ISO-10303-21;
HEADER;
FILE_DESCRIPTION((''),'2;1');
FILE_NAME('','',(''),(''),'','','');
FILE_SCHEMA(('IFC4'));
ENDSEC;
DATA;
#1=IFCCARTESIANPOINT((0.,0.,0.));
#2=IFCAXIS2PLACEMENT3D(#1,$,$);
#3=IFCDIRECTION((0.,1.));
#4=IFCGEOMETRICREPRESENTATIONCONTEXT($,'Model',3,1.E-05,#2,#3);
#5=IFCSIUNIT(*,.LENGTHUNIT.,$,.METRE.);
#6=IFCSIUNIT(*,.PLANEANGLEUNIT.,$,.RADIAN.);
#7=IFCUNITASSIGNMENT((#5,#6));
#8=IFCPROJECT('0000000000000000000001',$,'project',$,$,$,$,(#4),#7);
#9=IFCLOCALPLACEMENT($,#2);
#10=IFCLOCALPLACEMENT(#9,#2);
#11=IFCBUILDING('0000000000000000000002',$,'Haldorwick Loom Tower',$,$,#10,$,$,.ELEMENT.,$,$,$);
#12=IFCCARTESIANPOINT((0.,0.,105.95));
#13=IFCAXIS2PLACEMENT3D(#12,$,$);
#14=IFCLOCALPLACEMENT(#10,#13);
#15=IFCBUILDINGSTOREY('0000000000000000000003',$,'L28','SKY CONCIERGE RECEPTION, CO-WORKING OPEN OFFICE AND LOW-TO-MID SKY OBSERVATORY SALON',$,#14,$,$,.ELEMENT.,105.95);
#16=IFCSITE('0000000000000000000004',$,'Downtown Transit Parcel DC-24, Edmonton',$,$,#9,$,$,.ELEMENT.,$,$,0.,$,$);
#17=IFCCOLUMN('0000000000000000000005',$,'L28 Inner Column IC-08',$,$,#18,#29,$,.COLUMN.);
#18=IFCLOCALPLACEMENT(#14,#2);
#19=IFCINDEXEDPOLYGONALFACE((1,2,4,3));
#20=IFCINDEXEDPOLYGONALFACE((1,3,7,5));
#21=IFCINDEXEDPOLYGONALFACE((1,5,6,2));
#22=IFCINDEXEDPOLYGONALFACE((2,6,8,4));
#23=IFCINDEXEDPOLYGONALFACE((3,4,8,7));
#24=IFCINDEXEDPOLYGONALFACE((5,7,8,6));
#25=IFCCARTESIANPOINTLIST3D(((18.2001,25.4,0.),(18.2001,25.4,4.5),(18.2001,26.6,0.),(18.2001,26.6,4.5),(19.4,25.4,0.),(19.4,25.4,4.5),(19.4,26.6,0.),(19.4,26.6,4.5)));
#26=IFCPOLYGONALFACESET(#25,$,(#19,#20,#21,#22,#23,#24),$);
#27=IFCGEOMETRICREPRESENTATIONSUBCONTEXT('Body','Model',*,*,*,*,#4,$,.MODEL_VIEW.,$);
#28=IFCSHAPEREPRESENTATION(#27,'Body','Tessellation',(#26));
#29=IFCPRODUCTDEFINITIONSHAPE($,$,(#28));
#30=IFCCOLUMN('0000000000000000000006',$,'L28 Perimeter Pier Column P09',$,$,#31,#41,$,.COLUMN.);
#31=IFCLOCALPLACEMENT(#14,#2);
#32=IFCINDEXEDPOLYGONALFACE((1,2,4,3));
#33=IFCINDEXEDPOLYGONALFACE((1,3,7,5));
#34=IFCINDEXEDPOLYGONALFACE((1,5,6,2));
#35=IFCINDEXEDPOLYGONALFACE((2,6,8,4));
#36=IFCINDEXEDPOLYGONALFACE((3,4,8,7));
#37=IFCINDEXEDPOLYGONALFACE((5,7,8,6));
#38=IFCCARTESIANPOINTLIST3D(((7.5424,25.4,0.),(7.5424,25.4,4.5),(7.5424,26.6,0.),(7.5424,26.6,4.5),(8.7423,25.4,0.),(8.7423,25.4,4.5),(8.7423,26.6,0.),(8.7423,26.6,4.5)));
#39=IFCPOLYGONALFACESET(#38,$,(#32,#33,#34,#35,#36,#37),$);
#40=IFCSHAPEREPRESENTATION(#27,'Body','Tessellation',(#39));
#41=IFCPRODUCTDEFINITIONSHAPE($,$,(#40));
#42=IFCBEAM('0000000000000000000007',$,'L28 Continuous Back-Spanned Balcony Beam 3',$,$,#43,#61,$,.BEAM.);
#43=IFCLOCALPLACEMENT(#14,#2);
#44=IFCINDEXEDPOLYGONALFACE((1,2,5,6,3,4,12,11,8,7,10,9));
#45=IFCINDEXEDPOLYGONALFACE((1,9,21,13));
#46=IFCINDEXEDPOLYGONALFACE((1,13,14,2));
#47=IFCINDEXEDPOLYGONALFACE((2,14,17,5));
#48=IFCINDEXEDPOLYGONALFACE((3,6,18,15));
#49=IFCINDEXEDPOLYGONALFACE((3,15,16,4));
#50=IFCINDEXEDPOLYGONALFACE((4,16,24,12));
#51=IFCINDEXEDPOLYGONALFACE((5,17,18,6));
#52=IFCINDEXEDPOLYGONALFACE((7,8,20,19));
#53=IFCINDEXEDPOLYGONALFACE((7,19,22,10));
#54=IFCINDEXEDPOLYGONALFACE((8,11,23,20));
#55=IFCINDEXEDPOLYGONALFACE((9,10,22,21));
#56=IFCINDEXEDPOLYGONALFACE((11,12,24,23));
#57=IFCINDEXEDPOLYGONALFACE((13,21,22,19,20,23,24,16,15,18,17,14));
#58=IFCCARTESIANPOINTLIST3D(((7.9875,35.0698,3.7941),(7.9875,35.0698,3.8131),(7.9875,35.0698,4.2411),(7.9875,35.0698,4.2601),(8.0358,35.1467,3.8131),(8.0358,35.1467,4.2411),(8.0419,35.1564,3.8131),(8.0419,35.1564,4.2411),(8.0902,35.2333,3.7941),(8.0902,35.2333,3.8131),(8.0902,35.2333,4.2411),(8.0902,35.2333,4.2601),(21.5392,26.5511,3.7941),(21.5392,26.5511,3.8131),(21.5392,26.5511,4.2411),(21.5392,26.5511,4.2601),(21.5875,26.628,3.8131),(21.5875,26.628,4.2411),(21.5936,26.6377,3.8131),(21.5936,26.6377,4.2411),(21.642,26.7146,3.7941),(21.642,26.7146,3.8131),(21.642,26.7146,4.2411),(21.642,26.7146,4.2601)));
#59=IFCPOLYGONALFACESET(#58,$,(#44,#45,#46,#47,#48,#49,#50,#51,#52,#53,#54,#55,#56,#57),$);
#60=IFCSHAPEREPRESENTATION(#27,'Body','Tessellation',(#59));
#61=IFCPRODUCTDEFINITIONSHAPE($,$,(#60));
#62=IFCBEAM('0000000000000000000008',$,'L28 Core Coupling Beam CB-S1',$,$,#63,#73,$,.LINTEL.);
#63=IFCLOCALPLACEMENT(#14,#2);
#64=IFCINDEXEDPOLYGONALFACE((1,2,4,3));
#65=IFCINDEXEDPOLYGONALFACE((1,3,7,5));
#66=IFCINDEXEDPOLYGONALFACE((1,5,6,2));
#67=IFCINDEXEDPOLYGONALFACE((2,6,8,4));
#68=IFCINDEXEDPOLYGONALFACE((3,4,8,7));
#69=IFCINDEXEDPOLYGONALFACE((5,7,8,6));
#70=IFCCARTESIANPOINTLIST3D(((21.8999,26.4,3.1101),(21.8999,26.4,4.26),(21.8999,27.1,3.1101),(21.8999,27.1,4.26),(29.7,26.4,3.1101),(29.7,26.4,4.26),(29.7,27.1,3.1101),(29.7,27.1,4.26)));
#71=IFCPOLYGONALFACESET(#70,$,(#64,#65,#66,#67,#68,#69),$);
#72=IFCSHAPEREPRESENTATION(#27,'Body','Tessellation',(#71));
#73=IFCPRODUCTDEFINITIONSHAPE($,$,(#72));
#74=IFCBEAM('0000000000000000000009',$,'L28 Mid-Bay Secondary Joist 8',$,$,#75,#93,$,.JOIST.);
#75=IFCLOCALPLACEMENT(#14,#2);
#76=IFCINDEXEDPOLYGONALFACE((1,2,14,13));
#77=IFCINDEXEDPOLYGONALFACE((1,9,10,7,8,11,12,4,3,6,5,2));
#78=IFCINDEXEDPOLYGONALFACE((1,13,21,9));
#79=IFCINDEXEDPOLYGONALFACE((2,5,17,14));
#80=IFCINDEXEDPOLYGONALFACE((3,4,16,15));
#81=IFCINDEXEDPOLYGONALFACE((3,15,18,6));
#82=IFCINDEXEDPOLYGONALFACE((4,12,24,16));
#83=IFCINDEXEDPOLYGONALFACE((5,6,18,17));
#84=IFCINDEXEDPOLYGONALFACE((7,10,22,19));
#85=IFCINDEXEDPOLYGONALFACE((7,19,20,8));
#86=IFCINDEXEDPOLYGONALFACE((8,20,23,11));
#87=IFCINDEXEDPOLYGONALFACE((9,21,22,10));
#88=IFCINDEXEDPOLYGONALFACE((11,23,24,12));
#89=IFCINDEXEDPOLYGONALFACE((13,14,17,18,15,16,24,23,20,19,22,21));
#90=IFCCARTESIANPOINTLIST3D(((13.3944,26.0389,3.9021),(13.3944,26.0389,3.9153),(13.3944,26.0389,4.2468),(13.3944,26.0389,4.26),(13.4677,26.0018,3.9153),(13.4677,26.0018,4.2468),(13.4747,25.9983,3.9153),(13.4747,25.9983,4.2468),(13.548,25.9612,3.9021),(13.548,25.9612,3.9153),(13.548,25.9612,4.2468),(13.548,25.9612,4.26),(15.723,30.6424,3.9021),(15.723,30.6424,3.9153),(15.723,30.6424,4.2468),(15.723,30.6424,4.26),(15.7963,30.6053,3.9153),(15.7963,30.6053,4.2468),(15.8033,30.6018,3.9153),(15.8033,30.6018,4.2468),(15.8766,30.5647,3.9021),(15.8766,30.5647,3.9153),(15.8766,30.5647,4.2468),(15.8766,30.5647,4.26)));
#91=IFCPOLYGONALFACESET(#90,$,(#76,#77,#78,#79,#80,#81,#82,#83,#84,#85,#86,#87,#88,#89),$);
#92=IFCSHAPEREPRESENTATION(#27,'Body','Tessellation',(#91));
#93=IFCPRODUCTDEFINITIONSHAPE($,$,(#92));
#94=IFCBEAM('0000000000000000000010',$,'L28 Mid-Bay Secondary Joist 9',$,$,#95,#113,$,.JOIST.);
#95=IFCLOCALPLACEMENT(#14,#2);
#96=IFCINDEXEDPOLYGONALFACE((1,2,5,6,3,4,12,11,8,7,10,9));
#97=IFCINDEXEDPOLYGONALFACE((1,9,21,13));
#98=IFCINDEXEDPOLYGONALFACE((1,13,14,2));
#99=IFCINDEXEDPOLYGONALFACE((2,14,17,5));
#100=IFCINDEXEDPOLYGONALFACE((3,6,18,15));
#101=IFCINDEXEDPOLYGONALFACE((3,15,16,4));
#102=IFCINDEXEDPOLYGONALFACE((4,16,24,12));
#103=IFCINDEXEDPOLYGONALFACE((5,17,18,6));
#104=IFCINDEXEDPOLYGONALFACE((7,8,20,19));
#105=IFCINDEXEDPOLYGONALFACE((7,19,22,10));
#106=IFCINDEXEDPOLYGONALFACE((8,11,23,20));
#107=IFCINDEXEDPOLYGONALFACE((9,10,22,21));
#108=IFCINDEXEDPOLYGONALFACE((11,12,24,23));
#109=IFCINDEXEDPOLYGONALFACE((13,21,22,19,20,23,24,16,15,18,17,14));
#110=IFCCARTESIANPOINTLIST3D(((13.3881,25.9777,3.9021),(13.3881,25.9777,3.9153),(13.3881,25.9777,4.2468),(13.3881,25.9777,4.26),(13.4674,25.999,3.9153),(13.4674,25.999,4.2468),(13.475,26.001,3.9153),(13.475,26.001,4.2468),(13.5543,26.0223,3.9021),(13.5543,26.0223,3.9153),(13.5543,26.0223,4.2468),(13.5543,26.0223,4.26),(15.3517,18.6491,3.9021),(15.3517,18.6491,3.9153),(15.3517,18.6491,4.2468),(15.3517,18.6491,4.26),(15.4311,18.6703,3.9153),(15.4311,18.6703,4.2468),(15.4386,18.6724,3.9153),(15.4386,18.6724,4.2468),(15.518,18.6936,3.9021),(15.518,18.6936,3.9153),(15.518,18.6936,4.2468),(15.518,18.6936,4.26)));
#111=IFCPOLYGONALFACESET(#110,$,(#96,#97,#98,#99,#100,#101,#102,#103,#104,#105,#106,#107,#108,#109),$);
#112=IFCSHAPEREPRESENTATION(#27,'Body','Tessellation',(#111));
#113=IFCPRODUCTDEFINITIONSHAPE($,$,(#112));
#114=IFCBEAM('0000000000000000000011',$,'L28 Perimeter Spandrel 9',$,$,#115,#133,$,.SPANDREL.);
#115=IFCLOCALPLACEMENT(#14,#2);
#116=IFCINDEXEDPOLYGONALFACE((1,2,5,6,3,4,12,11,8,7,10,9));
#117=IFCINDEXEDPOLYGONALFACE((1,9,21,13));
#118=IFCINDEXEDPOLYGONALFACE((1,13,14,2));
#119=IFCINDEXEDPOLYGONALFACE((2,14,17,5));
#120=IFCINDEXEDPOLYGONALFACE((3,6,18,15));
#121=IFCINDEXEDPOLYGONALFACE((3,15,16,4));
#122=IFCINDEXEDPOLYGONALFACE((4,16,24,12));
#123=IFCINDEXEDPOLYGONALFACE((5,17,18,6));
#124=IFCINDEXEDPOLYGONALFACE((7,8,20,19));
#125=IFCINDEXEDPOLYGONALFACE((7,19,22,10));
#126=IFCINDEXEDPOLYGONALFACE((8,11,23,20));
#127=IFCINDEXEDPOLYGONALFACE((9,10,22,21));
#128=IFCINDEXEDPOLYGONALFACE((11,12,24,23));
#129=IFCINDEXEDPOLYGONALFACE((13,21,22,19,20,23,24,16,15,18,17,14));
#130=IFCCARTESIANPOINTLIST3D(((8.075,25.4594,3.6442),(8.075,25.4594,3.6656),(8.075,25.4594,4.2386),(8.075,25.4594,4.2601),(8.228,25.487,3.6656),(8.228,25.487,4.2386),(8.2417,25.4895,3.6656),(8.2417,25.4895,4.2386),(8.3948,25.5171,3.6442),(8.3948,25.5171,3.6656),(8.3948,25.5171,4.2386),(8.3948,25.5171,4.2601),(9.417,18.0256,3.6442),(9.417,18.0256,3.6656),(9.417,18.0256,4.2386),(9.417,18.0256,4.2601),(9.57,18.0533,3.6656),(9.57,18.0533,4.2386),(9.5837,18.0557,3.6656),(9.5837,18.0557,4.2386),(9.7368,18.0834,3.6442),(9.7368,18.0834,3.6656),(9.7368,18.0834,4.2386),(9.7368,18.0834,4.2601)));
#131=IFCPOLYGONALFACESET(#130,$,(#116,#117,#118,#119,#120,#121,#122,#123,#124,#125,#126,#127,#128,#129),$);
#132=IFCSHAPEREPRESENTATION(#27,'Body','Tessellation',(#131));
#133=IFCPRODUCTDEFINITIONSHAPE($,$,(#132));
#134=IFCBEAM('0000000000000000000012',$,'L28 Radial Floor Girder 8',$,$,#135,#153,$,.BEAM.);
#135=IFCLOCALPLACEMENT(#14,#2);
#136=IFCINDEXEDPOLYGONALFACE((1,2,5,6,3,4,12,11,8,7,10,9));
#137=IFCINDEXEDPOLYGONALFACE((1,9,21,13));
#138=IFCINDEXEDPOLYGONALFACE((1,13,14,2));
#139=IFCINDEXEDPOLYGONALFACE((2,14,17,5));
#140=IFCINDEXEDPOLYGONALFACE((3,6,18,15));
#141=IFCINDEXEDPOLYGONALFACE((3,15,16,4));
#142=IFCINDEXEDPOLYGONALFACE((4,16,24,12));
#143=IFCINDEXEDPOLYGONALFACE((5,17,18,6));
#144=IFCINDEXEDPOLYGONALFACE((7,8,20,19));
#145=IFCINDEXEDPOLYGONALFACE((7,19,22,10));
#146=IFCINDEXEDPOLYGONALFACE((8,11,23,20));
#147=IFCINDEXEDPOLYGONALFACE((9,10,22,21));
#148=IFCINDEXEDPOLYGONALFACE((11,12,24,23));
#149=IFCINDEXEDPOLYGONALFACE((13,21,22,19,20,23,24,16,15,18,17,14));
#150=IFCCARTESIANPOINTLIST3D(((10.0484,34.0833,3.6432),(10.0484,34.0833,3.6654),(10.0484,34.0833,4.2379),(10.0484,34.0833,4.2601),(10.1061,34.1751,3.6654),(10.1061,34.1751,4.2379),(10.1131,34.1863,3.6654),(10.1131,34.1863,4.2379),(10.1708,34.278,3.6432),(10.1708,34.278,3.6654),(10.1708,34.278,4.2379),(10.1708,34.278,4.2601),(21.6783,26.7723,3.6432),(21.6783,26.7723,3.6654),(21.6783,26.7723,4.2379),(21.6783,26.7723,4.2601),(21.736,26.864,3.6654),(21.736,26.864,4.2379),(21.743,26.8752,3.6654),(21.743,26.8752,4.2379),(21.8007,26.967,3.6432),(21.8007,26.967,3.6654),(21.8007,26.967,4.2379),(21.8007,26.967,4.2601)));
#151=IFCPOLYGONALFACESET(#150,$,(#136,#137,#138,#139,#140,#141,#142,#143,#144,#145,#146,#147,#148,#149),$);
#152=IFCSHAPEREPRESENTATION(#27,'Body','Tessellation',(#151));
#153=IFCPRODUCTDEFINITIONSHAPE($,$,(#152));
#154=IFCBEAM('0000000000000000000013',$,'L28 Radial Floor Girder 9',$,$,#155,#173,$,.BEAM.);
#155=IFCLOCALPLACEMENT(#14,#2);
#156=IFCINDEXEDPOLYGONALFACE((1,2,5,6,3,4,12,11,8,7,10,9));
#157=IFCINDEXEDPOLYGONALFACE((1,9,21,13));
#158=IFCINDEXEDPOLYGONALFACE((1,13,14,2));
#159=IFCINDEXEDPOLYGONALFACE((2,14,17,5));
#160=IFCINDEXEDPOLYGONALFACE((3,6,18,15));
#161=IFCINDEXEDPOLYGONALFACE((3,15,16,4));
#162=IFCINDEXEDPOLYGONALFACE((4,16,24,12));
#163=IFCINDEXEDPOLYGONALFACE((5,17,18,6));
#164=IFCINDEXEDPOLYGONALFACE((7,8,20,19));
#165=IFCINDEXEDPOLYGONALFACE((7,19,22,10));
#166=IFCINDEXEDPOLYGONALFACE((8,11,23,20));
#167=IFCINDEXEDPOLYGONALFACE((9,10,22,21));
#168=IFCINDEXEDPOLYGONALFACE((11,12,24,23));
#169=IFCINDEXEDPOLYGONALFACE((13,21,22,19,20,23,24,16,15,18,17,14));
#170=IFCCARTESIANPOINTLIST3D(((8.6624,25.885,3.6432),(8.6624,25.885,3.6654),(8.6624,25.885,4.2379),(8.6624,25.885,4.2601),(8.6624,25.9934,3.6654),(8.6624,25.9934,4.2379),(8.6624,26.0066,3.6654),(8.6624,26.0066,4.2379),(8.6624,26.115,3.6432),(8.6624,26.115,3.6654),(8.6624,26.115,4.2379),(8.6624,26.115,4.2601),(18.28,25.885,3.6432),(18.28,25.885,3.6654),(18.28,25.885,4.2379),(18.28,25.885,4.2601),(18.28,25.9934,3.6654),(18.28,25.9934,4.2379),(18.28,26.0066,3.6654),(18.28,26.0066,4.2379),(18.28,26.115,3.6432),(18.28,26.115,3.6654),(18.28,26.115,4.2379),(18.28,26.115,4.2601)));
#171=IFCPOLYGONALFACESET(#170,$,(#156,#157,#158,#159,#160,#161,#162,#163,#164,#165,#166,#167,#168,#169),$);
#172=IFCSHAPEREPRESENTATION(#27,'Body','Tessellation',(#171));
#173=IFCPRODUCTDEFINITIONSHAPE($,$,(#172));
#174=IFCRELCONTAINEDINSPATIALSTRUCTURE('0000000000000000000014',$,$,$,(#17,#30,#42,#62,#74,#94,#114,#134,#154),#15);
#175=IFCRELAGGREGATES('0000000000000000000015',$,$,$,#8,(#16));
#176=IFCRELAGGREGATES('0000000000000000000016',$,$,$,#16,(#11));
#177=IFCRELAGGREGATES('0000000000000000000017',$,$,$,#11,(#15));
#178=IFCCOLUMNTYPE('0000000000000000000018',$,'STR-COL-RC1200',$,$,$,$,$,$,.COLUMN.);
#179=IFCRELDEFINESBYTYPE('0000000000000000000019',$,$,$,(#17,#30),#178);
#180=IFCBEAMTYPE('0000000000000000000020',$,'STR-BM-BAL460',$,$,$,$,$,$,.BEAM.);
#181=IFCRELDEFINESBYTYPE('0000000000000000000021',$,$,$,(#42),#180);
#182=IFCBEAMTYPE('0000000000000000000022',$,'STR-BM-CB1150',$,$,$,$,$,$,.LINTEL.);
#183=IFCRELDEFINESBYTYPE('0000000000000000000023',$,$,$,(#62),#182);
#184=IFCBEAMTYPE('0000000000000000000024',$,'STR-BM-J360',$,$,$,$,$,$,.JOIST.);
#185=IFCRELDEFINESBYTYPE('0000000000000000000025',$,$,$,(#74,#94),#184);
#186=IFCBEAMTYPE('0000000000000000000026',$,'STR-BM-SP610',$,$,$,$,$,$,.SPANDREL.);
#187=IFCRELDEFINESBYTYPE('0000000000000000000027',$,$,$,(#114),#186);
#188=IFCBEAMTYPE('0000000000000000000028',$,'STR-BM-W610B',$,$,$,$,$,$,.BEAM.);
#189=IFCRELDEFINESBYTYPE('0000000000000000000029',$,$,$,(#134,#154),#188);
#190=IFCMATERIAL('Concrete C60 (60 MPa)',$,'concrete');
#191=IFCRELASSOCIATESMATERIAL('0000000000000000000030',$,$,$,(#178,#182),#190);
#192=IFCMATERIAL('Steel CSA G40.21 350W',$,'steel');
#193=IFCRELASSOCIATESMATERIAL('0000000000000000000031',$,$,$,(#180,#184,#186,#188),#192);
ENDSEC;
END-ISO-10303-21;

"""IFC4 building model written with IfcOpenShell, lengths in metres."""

from ifc_helpers import new_model, si_unit, direction, frame, origin, origin_2d, place, context, subcontext, project, spatial, rectangle, i_section, extrude, material, material_profile, profile_set, type_object, element, save


model = new_model("IFC4")

# Units and contexts
model_context = context("Model", 3, precision=1e-05, world=origin(), true_north=direction((0.0, 1.0)))
body_context = subcontext(model_context, "Body", "Model", "MODEL_VIEW")
ifc_project = project(units=[si_unit("LENGTHUNIT", "METRE"), si_unit("PLANEANGLEUNIT", "RADIAN")], contexts=[model_context])

# Site, building, storey
site_placement = place(None, origin())
site = spatial("IfcSite", under=ifc_project, at=site_placement, Name="Downtown Transit Parcel DC-24, Edmonton", CompositionType="ELEMENT", RefElevation=0.0)
building_placement = place(site_placement, origin())
building = spatial("IfcBuilding", under=site, at=building_placement, Name="Haldorwick Loom Tower", CompositionType="ELEMENT")
storey_placement = place(building_placement, frame((0.0, 0.0, 105.95)))
storey = spatial("IfcBuildingStorey", under=building, at=storey_placement, Name="L28", Description="SKY CONCIERGE RECEPTION, CO-WORKING OPEN OFFICE AND LOW-TO-MID SKY OBSERVATORY SALON", CompositionType="ELEMENT", Elevation=105.95)

# Columns
ifc_material_1 = material(Name="Concrete C60 (60 MPa)", Category="concrete")
ifc_material_profile_1 = material_profile(ifc_material_1, rectangle(XDim=1.2, YDim=1.2, at=origin_2d()), Name="RC1200X1200", Category="concrete")
ifc_profile_set_1 = profile_set([ifc_material_profile_1], Name="Concrete C60 (60 MPa)")
column_type = type_object("IfcColumnType", Name="STR-COL-RC1200", PredefinedType="COLUMN", material=ifc_profile_set_1)
for number, where, z_axis, x_axis, name in (
    (1, (18.8, 26.0, 0.0), (0.0, 0.0, 1.0), (1.0, 0.0, 0.0), "L28 Inner Column IC-08"),
    (2, (8.1423, 26.0, 0.0), (0.0, 0.0, 1.0), (-1.0, 0.0, 0.0), "L28 Perimeter Pier Column P09"),
):
    element("IfcColumn", number, at=place(storey_placement, frame(where, z_axis=z_axis, x_axis=x_axis)), inside=storey, type_object=column_type, Name=name, PredefinedType="COLUMN", context=body_context, shape_type="SweptSolid", body=[
        extrude(rectangle(XDim=1.2, YDim=1.2, at=origin_2d()), origin(), (0.0, 0.0, 1.0), 4.5),
    ])

# Beams
ifc_material_2 = material(Name="Steel CSA G40.21 350W", Category="steel")
ifc_material_profile_2 = material_profile(ifc_material_2, i_section(OverallWidth=0.1931, OverallDepth=0.4661, WebThickness=0.0115, FlangeThickness=0.019, at=origin_2d()), Name="W460X97", Category="steel")
ifc_profile_set_2 = profile_set([ifc_material_profile_2], Name="Steel CSA G40.21 350W")
beam_type_1 = type_object("IfcBeamType", Name="STR-BM-BAL460", PredefinedType="BEAM", material=ifc_profile_set_2)
beam_1_placement = place(storey_placement, frame((21.5906, 26.6328, 4.0271), z_axis=(-0.846621, 0.532196, 0.0), x_axis=(-0.532196, -0.846621, 0.0)))
element("IfcBeam", 3, at=beam_1_placement, inside=storey, type_object=beam_type_1, Name="L28 Continuous Back-Spanned Balcony Beam 3", PredefinedType="BEAM", context=body_context, shape_type="SweptSolid", body=[
    extrude(i_section(OverallWidth=0.1931, OverallDepth=0.4661, WebThickness=0.0115, FlangeThickness=0.019, at=origin_2d()), origin(), (0.0, 0.0, 1.0), 16.0068),
])
ifc_material_profile_3 = material_profile(ifc_material_1, rectangle(XDim=0.7, YDim=1.1499, at=origin_2d()), Name="RC700X1150", Category="concrete")
ifc_profile_set_3 = profile_set([ifc_material_profile_3], Name="Concrete C60 (60 MPa)")
beam_type_2 = type_object("IfcBeamType", Name="STR-BM-CB1150", PredefinedType="LINTEL", material=ifc_profile_set_3)
beam_2_placement = place(storey_placement, frame((21.8999, 26.75, 3.6851), z_axis=(1.0, 0.0, 0.0), x_axis=(0.0, 1.0, 0.0)))
element("IfcBeam", 4, at=beam_2_placement, inside=storey, type_object=beam_type_2, Name="L28 Core Coupling Beam CB-S1", PredefinedType="LINTEL", context=body_context, shape_type="SweptSolid", body=[
    extrude(rectangle(XDim=0.7, YDim=1.1499, at=origin_2d()), origin(), (0.0, 0.0, 1.0), 7.8),
])
ifc_material_profile_4 = material_profile(ifc_material_2, i_section(OverallWidth=0.1721, OverallDepth=0.3579, WebThickness=0.0078, FlangeThickness=0.0132, at=origin_2d()), Name="W360X57", Category="steel")
ifc_profile_set_4 = profile_set([ifc_material_profile_4], Name="Steel CSA G40.21 350W")
beam_type_3 = type_object("IfcBeamType", Name="STR-BM-J360", PredefinedType="JOIST", material=ifc_profile_set_4)
beam_3_placement = place(storey_placement, frame((15.7998, 30.6035, 4.0811), z_axis=(-0.451373, -0.892335, 0.0), x_axis=(0.892335, -0.451373, 0.0)))
element("IfcBeam", 5, at=beam_3_placement, inside=storey, type_object=beam_type_3, Name="L28 Mid-Bay Secondary Joist 8", PredefinedType="JOIST", context=body_context, shape_type="SweptSolid", body=[
    extrude(i_section(OverallWidth=0.1721, OverallDepth=0.3579, WebThickness=0.0078, FlangeThickness=0.0132, at=origin_2d()), origin(), (0.0, 0.0, 1.0), 5.1589),
])
beam_4_placement = place(storey_placement, frame((13.4712, 26.0, 4.0811), z_axis=(0.25881, -0.965928, 0.0), x_axis=(0.965928, 0.25881, 0.0)))
element("IfcBeam", 6, at=beam_4_placement, inside=storey, type_object=beam_type_3, Name="L28 Mid-Bay Secondary Joist 9", PredefinedType="JOIST", context=body_context, shape_type="SweptSolid", body=[
    extrude(i_section(OverallWidth=0.1721, OverallDepth=0.3579, WebThickness=0.0078, FlangeThickness=0.0132, at=origin_2d()), origin(), (0.0, 0.0, 1.0), 7.5872),
])
ifc_material_profile_5 = material_profile(ifc_material_2, i_section(OverallWidth=0.325, OverallDepth=0.616, WebThickness=0.0139, FlangeThickness=0.0215, at=origin_2d()), Name="W610X174", Category="steel")
ifc_profile_set_5 = profile_set([ifc_material_profile_5], Name="Steel CSA G40.21 350W")
beam_type_4 = type_object("IfcBeamType", Name="STR-BM-SP610", PredefinedType="SPANDREL", material=ifc_profile_set_5)
beam_5_placement = place(storey_placement, frame((8.2349, 25.4883, 3.9521), z_axis=(0.177659, -0.984092, 0.0), x_axis=(0.984092, 0.177659, 0.0)))
element("IfcBeam", 7, at=beam_5_placement, inside=storey, type_object=beam_type_4, Name="L28 Perimeter Spandrel 9", PredefinedType="SPANDREL", context=body_context, shape_type="SweptSolid", body=[
    extrude(i_section(OverallWidth=0.325, OverallDepth=0.616, WebThickness=0.0139, FlangeThickness=0.0215, at=origin_2d()), origin(), (0.0, 0.0, 1.0), 7.554),
])
ifc_material_profile_6 = material_profile(ifc_material_2, i_section(OverallWidth=0.23, OverallDepth=0.6169, WebThickness=0.0132, FlangeThickness=0.0222, at=origin_2d()), Name="W610X140", Category="steel")
ifc_profile_set_6 = profile_set([ifc_material_profile_6], Name="Steel CSA G40.21 350W")
beam_type_5 = type_object("IfcBeamType", Name="STR-BM-W610B", PredefinedType="BEAM", material=ifc_profile_set_6)
beam_6_placement = place(storey_placement, frame((21.7395, 26.8696, 3.9517), z_axis=(-0.84661, 0.532214, 0.0), x_axis=(-0.532214, -0.84661, 0.0)))
element("IfcBeam", 8, at=beam_6_placement, inside=storey, type_object=beam_type_5, Name="L28 Radial Floor Girder 8", PredefinedType="BEAM", context=body_context, shape_type="SweptSolid", body=[
    extrude(i_section(OverallWidth=0.23, OverallDepth=0.6169, WebThickness=0.0132, FlangeThickness=0.0222, at=origin_2d()), origin(), (0.0, 0.0, 1.0), 13.7371),
])
beam_7_placement = place(storey_placement, frame((18.28, 26.0, 3.9517), z_axis=(-1.0, 0.0, 0.0), x_axis=(0.0, -1.0, 0.0)))
element("IfcBeam", 9, at=beam_7_placement, inside=storey, type_object=beam_type_5, Name="L28 Radial Floor Girder 9", PredefinedType="BEAM", context=body_context, shape_type="SweptSolid", body=[
    extrude(i_section(OverallWidth=0.23, OverallDepth=0.6169, WebThickness=0.0132, FlangeThickness=0.0222, at=origin_2d()), origin(), (0.0, 0.0, 1.0), 9.6177),
])

save(model, "model.ifc")
